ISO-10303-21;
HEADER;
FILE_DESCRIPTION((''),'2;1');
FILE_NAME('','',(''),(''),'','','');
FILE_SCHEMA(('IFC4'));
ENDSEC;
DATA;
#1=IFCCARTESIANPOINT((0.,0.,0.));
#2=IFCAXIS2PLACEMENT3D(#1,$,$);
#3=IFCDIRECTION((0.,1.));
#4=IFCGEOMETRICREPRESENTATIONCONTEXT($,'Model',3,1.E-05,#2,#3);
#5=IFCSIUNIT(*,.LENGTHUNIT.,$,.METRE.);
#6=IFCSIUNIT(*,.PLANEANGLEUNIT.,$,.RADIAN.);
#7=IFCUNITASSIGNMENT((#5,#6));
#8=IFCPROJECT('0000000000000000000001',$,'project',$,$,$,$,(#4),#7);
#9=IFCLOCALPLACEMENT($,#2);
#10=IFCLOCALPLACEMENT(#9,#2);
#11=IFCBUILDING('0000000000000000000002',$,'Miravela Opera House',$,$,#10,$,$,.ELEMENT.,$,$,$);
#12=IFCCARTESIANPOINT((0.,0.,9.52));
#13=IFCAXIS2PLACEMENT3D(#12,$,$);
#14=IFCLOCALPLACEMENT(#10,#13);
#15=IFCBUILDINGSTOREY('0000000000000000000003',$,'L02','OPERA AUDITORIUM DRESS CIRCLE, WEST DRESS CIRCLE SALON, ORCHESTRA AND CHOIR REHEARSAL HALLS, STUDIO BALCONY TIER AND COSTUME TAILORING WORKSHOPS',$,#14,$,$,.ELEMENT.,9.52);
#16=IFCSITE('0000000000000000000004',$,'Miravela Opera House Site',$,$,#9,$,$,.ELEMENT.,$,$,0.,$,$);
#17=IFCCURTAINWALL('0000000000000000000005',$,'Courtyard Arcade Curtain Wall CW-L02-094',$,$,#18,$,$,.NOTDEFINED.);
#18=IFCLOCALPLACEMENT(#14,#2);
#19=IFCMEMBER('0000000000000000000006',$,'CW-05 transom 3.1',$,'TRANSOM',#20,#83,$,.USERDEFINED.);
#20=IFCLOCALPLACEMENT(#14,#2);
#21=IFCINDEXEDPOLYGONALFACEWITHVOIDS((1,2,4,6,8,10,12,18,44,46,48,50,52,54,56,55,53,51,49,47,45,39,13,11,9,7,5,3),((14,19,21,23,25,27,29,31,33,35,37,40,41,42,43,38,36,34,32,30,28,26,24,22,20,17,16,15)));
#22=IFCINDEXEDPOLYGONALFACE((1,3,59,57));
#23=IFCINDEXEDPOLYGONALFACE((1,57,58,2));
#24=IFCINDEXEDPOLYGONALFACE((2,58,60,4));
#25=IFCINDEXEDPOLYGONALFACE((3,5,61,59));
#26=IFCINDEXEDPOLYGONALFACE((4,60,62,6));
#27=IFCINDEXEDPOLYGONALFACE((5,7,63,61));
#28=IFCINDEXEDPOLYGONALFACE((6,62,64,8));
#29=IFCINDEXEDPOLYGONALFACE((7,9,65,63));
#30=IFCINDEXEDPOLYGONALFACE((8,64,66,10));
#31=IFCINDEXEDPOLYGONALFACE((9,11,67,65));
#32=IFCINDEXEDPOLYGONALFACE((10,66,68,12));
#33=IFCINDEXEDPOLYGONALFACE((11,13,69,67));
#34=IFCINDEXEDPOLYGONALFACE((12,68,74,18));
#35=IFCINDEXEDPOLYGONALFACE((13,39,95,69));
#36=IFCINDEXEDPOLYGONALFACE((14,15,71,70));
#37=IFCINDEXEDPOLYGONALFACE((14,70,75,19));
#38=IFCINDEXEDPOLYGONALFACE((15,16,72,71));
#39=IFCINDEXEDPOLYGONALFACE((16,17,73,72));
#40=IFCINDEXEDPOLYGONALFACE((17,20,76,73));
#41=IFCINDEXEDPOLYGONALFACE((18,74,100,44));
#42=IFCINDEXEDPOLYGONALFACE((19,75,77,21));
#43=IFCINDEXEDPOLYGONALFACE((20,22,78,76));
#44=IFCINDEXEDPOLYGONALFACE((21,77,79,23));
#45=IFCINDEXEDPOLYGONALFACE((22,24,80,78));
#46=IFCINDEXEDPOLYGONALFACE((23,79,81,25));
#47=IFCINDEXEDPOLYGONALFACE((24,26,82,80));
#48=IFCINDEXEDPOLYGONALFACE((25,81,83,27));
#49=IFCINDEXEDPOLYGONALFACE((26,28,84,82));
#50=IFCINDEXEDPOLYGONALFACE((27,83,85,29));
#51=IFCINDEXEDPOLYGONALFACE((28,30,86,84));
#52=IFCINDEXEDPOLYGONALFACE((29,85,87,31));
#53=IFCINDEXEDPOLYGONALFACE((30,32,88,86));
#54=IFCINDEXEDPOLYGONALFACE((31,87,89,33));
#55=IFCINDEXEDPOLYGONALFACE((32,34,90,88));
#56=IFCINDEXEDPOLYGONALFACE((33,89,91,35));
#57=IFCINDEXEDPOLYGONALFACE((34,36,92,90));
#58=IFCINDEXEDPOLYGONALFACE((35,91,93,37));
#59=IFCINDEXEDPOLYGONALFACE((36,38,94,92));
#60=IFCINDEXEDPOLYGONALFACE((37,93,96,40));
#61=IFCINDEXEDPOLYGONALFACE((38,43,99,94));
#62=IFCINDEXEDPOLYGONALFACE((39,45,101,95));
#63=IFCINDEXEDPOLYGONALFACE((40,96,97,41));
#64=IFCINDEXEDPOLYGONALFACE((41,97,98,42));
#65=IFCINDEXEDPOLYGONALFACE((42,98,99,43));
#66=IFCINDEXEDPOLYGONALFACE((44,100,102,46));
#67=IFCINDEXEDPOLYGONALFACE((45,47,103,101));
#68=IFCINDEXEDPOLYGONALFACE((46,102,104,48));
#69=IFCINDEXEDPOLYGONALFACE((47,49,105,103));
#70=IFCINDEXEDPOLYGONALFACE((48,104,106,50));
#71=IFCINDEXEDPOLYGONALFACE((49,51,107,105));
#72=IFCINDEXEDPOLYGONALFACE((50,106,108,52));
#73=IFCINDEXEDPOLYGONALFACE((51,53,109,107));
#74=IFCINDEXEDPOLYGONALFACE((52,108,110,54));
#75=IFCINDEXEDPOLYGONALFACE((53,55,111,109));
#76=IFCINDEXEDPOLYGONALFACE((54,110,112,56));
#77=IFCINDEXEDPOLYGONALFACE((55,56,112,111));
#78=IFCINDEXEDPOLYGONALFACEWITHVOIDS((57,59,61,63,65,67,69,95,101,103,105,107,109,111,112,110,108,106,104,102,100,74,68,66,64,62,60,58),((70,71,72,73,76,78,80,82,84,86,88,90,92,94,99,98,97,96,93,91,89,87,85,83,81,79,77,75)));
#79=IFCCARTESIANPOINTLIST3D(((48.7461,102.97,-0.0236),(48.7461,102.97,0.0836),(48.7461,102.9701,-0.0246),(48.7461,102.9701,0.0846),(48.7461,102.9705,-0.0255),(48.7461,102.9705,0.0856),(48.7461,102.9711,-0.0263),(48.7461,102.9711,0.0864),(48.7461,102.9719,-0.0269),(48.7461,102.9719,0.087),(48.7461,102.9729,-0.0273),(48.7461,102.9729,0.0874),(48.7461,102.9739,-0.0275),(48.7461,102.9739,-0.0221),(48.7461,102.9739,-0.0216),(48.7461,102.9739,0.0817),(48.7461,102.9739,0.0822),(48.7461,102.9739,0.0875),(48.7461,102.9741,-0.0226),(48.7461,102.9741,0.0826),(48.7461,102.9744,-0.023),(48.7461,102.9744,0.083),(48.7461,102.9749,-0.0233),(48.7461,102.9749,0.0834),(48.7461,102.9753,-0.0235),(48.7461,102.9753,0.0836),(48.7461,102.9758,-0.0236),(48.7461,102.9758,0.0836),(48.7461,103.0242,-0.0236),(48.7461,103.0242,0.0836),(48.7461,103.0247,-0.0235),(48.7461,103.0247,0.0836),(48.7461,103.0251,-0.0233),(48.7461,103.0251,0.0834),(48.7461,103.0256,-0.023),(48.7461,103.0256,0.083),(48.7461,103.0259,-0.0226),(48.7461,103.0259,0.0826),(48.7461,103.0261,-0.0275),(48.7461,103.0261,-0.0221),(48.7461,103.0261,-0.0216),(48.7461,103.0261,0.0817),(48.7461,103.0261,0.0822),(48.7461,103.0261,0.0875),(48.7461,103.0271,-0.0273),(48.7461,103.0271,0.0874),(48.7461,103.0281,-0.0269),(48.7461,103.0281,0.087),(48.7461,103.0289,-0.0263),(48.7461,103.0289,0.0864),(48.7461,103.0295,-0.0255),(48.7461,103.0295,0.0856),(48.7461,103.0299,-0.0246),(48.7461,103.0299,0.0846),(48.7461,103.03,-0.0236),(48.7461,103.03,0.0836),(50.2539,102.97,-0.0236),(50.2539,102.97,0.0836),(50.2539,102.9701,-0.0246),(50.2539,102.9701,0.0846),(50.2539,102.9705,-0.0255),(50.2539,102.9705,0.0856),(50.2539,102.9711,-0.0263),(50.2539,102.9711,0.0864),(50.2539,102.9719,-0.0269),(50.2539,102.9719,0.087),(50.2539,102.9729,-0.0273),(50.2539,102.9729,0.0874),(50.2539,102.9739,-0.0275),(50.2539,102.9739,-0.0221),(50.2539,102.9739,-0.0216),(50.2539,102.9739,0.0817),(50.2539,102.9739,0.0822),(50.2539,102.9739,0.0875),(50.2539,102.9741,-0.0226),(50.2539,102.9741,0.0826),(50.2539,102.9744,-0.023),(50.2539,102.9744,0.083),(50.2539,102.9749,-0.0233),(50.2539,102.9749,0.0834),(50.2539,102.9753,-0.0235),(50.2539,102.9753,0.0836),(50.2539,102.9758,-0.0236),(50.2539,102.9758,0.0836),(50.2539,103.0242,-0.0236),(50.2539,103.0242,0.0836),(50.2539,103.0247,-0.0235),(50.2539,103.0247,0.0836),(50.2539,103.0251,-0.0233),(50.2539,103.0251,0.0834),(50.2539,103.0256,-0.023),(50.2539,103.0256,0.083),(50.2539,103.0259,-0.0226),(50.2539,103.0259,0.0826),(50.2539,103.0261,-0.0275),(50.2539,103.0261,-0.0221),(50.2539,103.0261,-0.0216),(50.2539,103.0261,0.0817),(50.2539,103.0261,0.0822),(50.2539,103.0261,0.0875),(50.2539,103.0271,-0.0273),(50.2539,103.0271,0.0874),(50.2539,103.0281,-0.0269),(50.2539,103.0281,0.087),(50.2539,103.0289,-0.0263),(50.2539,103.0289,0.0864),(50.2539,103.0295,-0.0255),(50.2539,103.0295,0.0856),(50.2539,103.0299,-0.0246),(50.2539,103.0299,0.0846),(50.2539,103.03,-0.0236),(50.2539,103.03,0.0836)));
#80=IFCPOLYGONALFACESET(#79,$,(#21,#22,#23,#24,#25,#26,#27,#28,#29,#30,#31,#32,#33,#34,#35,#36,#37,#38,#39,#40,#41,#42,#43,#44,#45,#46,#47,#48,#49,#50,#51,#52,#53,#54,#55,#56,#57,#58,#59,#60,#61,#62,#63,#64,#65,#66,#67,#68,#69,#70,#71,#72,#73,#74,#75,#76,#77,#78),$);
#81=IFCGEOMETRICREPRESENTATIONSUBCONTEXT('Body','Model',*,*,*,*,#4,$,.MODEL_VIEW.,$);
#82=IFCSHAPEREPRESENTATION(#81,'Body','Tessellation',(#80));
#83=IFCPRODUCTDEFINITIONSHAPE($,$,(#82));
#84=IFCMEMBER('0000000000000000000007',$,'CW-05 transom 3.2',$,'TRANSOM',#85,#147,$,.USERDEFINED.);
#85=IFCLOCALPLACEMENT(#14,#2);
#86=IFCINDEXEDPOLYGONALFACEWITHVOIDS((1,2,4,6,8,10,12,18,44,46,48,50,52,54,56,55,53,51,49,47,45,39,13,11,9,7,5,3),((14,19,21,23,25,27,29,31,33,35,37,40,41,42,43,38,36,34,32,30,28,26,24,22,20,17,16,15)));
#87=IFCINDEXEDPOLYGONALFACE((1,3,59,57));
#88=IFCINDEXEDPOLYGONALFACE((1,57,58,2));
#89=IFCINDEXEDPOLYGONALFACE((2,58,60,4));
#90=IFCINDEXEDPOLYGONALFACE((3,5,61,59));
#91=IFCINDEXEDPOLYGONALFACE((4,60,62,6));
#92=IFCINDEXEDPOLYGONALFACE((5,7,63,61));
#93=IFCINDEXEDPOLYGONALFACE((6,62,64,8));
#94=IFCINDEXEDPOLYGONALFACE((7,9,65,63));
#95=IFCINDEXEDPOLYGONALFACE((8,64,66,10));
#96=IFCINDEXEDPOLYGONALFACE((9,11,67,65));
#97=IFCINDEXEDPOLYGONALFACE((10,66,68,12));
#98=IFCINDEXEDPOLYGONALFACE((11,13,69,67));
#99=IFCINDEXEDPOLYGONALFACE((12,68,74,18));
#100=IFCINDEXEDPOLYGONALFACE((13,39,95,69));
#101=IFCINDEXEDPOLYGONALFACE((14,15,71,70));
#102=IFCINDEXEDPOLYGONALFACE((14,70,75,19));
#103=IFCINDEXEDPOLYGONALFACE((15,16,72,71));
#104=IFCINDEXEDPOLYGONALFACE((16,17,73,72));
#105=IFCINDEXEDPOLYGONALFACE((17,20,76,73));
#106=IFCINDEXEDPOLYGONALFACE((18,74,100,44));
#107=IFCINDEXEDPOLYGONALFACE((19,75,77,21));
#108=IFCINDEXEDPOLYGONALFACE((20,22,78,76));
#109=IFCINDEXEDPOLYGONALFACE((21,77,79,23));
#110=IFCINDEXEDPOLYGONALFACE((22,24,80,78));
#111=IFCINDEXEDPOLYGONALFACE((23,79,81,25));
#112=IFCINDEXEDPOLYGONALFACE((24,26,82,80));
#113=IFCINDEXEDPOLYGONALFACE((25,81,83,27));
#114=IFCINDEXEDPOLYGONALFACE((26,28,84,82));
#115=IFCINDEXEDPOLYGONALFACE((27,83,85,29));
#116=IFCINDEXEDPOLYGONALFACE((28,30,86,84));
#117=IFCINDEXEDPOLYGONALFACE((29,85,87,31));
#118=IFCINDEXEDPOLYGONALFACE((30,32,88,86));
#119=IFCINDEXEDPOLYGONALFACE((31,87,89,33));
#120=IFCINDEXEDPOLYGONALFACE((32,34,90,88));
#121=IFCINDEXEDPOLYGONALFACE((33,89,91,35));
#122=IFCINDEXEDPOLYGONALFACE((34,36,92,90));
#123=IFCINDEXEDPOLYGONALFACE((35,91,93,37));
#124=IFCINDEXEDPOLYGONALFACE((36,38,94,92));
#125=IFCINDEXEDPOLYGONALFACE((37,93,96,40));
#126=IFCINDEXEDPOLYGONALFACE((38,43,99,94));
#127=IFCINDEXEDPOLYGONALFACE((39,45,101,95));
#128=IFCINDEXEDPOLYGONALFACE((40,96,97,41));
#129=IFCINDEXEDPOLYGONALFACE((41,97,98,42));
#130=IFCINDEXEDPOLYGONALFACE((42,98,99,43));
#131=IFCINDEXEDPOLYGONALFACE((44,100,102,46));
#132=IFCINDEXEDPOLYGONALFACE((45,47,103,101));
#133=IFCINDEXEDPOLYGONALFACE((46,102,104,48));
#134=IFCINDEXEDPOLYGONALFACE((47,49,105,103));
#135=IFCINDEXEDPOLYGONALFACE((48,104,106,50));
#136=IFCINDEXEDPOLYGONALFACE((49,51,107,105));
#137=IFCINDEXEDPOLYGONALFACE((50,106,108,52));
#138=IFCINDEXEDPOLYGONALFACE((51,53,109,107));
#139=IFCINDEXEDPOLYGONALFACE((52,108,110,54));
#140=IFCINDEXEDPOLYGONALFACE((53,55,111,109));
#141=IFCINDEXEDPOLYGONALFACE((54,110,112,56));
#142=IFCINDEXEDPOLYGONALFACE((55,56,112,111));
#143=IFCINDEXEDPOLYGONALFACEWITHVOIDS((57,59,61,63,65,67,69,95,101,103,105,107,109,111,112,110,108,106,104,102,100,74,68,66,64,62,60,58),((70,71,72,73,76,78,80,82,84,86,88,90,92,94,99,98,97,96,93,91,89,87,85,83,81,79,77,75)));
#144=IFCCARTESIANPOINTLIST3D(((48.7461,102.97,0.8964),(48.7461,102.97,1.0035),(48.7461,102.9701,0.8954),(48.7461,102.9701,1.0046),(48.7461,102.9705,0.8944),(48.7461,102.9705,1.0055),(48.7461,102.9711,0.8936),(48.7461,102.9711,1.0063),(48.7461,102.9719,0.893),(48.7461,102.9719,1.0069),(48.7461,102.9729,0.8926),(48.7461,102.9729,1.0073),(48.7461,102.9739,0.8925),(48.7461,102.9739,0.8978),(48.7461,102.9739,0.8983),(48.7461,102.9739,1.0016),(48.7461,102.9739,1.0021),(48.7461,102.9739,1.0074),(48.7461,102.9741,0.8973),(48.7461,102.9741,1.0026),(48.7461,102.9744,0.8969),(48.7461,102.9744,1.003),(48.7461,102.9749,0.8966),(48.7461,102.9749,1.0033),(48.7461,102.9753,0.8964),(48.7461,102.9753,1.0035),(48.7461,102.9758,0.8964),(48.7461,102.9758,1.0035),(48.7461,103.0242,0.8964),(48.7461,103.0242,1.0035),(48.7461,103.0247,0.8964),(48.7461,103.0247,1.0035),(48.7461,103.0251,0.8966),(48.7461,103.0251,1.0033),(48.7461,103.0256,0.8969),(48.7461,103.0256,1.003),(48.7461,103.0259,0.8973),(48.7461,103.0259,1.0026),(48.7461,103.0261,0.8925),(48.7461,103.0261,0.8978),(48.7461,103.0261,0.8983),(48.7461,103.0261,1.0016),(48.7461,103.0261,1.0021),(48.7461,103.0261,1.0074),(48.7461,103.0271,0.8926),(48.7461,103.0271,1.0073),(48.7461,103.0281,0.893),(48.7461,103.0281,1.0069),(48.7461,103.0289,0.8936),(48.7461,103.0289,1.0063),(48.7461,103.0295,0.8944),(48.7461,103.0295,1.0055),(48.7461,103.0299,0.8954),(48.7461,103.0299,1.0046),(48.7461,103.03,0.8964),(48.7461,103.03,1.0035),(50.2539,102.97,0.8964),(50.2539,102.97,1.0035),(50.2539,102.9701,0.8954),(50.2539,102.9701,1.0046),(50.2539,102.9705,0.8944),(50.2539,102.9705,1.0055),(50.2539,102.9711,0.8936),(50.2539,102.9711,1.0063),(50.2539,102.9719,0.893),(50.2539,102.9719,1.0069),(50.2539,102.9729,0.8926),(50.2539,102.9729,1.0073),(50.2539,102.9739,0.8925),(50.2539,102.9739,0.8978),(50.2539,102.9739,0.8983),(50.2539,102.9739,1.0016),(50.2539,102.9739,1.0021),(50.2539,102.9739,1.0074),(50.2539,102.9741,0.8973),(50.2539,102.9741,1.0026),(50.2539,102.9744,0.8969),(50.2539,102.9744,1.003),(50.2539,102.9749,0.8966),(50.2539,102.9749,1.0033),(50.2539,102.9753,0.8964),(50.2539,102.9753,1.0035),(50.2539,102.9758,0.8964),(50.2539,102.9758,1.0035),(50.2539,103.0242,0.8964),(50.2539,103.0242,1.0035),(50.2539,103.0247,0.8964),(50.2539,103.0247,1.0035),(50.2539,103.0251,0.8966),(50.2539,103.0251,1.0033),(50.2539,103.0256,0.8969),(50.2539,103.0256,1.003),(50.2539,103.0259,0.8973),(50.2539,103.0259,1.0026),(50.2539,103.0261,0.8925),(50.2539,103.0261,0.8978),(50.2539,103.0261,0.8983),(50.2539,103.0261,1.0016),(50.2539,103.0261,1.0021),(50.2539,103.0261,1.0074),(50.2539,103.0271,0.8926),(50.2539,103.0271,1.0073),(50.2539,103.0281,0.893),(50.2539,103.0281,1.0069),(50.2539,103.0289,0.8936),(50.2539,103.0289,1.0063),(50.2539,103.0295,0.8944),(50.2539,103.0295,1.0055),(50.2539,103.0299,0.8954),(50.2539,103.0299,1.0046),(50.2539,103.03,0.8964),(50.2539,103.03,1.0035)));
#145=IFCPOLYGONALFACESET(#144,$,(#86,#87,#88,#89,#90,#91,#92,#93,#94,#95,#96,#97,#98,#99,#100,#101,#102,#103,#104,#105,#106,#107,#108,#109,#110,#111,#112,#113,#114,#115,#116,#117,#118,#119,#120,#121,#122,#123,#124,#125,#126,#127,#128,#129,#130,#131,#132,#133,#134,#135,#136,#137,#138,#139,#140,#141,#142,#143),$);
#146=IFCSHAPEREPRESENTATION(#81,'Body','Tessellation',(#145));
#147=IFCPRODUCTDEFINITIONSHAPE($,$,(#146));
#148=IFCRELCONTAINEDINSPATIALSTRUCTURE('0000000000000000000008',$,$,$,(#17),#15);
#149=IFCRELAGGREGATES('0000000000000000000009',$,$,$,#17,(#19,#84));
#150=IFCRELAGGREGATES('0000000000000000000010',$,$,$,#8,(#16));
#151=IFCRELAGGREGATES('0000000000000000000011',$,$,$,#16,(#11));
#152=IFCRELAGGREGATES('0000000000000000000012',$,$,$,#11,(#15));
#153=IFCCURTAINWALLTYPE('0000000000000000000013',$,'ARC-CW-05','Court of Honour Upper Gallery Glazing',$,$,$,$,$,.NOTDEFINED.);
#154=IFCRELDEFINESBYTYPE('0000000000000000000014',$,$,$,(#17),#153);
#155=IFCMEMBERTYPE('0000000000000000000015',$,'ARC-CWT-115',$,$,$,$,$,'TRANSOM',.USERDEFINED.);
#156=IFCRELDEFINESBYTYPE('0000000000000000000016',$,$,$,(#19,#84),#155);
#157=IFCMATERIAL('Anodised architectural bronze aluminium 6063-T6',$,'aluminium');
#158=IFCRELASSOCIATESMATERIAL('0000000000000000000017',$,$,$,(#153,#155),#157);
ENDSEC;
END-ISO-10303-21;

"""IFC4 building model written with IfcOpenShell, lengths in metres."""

from ifc_helpers import new_model, si_unit, direction, frame, origin, origin_2d, place, context, subcontext, project, spatial, hollow_rectangle, extrude, material, material_profile, profile_set, type_object, element, aggregate, save


model = new_model("IFC4")

# Units and contexts
model_context = context("Model", 3, precision=1e-05, world=origin(), true_north=direction((0.0, 1.0)))
body_context = subcontext(model_context, "Body", "Model", "MODEL_VIEW")
ifc_project = project(units=[si_unit("LENGTHUNIT", "METRE"), si_unit("PLANEANGLEUNIT", "RADIAN")], contexts=[model_context])

# Site, building, storey
site_placement = place(None, origin())
site = spatial("IfcSite", under=ifc_project, at=site_placement, Name="Miravela Opera House Site", CompositionType="ELEMENT", RefElevation=0.0)
building_placement = place(site_placement, origin())
building = spatial("IfcBuilding", under=site, at=building_placement, Name="Miravela Opera House", CompositionType="ELEMENT")
storey_placement = place(building_placement, frame((0.0, 0.0, 9.52)))
storey = spatial("IfcBuildingStorey", under=building, at=storey_placement, Name="L02", Description="OPERA AUDITORIUM DRESS CIRCLE, WEST DRESS CIRCLE SALON, ORCHESTRA AND CHOIR REHEARSAL HALLS, STUDIO BALCONY TIER AND COSTUME TAILORING WORKSHOPS", CompositionType="ELEMENT", Elevation=9.52)

# Curtain wall, members
ifc_material_1 = material(Name="Anodised architectural bronze aluminium 6063-T6", Category="aluminium")
curtain_wall_type = type_object("IfcCurtainWallType", Name="ARC-CW-05", Description="Court of Honour Upper Gallery Glazing", PredefinedType="NOTDEFINED", material=ifc_material_1)
curtain_wall_placement = place(storey_placement, origin())
curtain_wall = element("IfcCurtainWall", 1, at=curtain_wall_placement, inside=storey, type_object=curtain_wall_type, Name="Courtyard Arcade Curtain Wall CW-L02-094", PredefinedType="NOTDEFINED")
ifc_material_profile_1 = material_profile(ifc_material_1, hollow_rectangle(XDim=0.0601, YDim=0.115, WallThickness=0.0039, InnerFilletRadius=0.002, OuterFilletRadius=0.0039, at=origin_2d()), Name="CWT-60X115")
ifc_profile_set_1 = profile_set([ifc_material_profile_1])
member_type_1 = type_object("IfcMemberType", Name="ARC-CWT-115", ElementType="TRANSOM", PredefinedType="USERDEFINED", material=ifc_profile_set_1)
member_1_placement = place(storey_placement, frame((48.7461, 103.0, 0.03), z_axis=(1.0, 0.0, 0.0), x_axis=(0.0, 1.0, 0.0)))
member_1 = element("IfcMember", 2, at=member_1_placement, type_object=member_type_1, Name="CW-05 transom 3.1", ObjectType="TRANSOM", PredefinedType="USERDEFINED", context=body_context, shape_type="SweptSolid", body=[
    extrude(hollow_rectangle(XDim=0.0601, YDim=0.115, WallThickness=0.0039, InnerFilletRadius=0.002, OuterFilletRadius=0.0039, at=origin_2d()), origin(), (0.0, 0.0, 1.0), 1.5078),
])
member_2_placement = place(storey_placement, frame((48.7461, 103.0, 0.95), z_axis=(1.0, 0.0, 0.0), x_axis=(0.0, 1.0, 0.0)))
member_2 = element("IfcMember", 3, at=member_2_placement, type_object=member_type_1, Name="CW-05 transom 3.2", ObjectType="TRANSOM", PredefinedType="USERDEFINED", context=body_context, shape_type="SweptSolid", body=[
    extrude(hollow_rectangle(XDim=0.0601, YDim=0.115, WallThickness=0.0039, InnerFilletRadius=0.002, OuterFilletRadius=0.0039, at=origin_2d()), origin(), (0.0, 0.0, 1.0), 1.5078),
])
aggregate(curtain_wall, [member_1, member_2])

save(model, "model.ifc")
